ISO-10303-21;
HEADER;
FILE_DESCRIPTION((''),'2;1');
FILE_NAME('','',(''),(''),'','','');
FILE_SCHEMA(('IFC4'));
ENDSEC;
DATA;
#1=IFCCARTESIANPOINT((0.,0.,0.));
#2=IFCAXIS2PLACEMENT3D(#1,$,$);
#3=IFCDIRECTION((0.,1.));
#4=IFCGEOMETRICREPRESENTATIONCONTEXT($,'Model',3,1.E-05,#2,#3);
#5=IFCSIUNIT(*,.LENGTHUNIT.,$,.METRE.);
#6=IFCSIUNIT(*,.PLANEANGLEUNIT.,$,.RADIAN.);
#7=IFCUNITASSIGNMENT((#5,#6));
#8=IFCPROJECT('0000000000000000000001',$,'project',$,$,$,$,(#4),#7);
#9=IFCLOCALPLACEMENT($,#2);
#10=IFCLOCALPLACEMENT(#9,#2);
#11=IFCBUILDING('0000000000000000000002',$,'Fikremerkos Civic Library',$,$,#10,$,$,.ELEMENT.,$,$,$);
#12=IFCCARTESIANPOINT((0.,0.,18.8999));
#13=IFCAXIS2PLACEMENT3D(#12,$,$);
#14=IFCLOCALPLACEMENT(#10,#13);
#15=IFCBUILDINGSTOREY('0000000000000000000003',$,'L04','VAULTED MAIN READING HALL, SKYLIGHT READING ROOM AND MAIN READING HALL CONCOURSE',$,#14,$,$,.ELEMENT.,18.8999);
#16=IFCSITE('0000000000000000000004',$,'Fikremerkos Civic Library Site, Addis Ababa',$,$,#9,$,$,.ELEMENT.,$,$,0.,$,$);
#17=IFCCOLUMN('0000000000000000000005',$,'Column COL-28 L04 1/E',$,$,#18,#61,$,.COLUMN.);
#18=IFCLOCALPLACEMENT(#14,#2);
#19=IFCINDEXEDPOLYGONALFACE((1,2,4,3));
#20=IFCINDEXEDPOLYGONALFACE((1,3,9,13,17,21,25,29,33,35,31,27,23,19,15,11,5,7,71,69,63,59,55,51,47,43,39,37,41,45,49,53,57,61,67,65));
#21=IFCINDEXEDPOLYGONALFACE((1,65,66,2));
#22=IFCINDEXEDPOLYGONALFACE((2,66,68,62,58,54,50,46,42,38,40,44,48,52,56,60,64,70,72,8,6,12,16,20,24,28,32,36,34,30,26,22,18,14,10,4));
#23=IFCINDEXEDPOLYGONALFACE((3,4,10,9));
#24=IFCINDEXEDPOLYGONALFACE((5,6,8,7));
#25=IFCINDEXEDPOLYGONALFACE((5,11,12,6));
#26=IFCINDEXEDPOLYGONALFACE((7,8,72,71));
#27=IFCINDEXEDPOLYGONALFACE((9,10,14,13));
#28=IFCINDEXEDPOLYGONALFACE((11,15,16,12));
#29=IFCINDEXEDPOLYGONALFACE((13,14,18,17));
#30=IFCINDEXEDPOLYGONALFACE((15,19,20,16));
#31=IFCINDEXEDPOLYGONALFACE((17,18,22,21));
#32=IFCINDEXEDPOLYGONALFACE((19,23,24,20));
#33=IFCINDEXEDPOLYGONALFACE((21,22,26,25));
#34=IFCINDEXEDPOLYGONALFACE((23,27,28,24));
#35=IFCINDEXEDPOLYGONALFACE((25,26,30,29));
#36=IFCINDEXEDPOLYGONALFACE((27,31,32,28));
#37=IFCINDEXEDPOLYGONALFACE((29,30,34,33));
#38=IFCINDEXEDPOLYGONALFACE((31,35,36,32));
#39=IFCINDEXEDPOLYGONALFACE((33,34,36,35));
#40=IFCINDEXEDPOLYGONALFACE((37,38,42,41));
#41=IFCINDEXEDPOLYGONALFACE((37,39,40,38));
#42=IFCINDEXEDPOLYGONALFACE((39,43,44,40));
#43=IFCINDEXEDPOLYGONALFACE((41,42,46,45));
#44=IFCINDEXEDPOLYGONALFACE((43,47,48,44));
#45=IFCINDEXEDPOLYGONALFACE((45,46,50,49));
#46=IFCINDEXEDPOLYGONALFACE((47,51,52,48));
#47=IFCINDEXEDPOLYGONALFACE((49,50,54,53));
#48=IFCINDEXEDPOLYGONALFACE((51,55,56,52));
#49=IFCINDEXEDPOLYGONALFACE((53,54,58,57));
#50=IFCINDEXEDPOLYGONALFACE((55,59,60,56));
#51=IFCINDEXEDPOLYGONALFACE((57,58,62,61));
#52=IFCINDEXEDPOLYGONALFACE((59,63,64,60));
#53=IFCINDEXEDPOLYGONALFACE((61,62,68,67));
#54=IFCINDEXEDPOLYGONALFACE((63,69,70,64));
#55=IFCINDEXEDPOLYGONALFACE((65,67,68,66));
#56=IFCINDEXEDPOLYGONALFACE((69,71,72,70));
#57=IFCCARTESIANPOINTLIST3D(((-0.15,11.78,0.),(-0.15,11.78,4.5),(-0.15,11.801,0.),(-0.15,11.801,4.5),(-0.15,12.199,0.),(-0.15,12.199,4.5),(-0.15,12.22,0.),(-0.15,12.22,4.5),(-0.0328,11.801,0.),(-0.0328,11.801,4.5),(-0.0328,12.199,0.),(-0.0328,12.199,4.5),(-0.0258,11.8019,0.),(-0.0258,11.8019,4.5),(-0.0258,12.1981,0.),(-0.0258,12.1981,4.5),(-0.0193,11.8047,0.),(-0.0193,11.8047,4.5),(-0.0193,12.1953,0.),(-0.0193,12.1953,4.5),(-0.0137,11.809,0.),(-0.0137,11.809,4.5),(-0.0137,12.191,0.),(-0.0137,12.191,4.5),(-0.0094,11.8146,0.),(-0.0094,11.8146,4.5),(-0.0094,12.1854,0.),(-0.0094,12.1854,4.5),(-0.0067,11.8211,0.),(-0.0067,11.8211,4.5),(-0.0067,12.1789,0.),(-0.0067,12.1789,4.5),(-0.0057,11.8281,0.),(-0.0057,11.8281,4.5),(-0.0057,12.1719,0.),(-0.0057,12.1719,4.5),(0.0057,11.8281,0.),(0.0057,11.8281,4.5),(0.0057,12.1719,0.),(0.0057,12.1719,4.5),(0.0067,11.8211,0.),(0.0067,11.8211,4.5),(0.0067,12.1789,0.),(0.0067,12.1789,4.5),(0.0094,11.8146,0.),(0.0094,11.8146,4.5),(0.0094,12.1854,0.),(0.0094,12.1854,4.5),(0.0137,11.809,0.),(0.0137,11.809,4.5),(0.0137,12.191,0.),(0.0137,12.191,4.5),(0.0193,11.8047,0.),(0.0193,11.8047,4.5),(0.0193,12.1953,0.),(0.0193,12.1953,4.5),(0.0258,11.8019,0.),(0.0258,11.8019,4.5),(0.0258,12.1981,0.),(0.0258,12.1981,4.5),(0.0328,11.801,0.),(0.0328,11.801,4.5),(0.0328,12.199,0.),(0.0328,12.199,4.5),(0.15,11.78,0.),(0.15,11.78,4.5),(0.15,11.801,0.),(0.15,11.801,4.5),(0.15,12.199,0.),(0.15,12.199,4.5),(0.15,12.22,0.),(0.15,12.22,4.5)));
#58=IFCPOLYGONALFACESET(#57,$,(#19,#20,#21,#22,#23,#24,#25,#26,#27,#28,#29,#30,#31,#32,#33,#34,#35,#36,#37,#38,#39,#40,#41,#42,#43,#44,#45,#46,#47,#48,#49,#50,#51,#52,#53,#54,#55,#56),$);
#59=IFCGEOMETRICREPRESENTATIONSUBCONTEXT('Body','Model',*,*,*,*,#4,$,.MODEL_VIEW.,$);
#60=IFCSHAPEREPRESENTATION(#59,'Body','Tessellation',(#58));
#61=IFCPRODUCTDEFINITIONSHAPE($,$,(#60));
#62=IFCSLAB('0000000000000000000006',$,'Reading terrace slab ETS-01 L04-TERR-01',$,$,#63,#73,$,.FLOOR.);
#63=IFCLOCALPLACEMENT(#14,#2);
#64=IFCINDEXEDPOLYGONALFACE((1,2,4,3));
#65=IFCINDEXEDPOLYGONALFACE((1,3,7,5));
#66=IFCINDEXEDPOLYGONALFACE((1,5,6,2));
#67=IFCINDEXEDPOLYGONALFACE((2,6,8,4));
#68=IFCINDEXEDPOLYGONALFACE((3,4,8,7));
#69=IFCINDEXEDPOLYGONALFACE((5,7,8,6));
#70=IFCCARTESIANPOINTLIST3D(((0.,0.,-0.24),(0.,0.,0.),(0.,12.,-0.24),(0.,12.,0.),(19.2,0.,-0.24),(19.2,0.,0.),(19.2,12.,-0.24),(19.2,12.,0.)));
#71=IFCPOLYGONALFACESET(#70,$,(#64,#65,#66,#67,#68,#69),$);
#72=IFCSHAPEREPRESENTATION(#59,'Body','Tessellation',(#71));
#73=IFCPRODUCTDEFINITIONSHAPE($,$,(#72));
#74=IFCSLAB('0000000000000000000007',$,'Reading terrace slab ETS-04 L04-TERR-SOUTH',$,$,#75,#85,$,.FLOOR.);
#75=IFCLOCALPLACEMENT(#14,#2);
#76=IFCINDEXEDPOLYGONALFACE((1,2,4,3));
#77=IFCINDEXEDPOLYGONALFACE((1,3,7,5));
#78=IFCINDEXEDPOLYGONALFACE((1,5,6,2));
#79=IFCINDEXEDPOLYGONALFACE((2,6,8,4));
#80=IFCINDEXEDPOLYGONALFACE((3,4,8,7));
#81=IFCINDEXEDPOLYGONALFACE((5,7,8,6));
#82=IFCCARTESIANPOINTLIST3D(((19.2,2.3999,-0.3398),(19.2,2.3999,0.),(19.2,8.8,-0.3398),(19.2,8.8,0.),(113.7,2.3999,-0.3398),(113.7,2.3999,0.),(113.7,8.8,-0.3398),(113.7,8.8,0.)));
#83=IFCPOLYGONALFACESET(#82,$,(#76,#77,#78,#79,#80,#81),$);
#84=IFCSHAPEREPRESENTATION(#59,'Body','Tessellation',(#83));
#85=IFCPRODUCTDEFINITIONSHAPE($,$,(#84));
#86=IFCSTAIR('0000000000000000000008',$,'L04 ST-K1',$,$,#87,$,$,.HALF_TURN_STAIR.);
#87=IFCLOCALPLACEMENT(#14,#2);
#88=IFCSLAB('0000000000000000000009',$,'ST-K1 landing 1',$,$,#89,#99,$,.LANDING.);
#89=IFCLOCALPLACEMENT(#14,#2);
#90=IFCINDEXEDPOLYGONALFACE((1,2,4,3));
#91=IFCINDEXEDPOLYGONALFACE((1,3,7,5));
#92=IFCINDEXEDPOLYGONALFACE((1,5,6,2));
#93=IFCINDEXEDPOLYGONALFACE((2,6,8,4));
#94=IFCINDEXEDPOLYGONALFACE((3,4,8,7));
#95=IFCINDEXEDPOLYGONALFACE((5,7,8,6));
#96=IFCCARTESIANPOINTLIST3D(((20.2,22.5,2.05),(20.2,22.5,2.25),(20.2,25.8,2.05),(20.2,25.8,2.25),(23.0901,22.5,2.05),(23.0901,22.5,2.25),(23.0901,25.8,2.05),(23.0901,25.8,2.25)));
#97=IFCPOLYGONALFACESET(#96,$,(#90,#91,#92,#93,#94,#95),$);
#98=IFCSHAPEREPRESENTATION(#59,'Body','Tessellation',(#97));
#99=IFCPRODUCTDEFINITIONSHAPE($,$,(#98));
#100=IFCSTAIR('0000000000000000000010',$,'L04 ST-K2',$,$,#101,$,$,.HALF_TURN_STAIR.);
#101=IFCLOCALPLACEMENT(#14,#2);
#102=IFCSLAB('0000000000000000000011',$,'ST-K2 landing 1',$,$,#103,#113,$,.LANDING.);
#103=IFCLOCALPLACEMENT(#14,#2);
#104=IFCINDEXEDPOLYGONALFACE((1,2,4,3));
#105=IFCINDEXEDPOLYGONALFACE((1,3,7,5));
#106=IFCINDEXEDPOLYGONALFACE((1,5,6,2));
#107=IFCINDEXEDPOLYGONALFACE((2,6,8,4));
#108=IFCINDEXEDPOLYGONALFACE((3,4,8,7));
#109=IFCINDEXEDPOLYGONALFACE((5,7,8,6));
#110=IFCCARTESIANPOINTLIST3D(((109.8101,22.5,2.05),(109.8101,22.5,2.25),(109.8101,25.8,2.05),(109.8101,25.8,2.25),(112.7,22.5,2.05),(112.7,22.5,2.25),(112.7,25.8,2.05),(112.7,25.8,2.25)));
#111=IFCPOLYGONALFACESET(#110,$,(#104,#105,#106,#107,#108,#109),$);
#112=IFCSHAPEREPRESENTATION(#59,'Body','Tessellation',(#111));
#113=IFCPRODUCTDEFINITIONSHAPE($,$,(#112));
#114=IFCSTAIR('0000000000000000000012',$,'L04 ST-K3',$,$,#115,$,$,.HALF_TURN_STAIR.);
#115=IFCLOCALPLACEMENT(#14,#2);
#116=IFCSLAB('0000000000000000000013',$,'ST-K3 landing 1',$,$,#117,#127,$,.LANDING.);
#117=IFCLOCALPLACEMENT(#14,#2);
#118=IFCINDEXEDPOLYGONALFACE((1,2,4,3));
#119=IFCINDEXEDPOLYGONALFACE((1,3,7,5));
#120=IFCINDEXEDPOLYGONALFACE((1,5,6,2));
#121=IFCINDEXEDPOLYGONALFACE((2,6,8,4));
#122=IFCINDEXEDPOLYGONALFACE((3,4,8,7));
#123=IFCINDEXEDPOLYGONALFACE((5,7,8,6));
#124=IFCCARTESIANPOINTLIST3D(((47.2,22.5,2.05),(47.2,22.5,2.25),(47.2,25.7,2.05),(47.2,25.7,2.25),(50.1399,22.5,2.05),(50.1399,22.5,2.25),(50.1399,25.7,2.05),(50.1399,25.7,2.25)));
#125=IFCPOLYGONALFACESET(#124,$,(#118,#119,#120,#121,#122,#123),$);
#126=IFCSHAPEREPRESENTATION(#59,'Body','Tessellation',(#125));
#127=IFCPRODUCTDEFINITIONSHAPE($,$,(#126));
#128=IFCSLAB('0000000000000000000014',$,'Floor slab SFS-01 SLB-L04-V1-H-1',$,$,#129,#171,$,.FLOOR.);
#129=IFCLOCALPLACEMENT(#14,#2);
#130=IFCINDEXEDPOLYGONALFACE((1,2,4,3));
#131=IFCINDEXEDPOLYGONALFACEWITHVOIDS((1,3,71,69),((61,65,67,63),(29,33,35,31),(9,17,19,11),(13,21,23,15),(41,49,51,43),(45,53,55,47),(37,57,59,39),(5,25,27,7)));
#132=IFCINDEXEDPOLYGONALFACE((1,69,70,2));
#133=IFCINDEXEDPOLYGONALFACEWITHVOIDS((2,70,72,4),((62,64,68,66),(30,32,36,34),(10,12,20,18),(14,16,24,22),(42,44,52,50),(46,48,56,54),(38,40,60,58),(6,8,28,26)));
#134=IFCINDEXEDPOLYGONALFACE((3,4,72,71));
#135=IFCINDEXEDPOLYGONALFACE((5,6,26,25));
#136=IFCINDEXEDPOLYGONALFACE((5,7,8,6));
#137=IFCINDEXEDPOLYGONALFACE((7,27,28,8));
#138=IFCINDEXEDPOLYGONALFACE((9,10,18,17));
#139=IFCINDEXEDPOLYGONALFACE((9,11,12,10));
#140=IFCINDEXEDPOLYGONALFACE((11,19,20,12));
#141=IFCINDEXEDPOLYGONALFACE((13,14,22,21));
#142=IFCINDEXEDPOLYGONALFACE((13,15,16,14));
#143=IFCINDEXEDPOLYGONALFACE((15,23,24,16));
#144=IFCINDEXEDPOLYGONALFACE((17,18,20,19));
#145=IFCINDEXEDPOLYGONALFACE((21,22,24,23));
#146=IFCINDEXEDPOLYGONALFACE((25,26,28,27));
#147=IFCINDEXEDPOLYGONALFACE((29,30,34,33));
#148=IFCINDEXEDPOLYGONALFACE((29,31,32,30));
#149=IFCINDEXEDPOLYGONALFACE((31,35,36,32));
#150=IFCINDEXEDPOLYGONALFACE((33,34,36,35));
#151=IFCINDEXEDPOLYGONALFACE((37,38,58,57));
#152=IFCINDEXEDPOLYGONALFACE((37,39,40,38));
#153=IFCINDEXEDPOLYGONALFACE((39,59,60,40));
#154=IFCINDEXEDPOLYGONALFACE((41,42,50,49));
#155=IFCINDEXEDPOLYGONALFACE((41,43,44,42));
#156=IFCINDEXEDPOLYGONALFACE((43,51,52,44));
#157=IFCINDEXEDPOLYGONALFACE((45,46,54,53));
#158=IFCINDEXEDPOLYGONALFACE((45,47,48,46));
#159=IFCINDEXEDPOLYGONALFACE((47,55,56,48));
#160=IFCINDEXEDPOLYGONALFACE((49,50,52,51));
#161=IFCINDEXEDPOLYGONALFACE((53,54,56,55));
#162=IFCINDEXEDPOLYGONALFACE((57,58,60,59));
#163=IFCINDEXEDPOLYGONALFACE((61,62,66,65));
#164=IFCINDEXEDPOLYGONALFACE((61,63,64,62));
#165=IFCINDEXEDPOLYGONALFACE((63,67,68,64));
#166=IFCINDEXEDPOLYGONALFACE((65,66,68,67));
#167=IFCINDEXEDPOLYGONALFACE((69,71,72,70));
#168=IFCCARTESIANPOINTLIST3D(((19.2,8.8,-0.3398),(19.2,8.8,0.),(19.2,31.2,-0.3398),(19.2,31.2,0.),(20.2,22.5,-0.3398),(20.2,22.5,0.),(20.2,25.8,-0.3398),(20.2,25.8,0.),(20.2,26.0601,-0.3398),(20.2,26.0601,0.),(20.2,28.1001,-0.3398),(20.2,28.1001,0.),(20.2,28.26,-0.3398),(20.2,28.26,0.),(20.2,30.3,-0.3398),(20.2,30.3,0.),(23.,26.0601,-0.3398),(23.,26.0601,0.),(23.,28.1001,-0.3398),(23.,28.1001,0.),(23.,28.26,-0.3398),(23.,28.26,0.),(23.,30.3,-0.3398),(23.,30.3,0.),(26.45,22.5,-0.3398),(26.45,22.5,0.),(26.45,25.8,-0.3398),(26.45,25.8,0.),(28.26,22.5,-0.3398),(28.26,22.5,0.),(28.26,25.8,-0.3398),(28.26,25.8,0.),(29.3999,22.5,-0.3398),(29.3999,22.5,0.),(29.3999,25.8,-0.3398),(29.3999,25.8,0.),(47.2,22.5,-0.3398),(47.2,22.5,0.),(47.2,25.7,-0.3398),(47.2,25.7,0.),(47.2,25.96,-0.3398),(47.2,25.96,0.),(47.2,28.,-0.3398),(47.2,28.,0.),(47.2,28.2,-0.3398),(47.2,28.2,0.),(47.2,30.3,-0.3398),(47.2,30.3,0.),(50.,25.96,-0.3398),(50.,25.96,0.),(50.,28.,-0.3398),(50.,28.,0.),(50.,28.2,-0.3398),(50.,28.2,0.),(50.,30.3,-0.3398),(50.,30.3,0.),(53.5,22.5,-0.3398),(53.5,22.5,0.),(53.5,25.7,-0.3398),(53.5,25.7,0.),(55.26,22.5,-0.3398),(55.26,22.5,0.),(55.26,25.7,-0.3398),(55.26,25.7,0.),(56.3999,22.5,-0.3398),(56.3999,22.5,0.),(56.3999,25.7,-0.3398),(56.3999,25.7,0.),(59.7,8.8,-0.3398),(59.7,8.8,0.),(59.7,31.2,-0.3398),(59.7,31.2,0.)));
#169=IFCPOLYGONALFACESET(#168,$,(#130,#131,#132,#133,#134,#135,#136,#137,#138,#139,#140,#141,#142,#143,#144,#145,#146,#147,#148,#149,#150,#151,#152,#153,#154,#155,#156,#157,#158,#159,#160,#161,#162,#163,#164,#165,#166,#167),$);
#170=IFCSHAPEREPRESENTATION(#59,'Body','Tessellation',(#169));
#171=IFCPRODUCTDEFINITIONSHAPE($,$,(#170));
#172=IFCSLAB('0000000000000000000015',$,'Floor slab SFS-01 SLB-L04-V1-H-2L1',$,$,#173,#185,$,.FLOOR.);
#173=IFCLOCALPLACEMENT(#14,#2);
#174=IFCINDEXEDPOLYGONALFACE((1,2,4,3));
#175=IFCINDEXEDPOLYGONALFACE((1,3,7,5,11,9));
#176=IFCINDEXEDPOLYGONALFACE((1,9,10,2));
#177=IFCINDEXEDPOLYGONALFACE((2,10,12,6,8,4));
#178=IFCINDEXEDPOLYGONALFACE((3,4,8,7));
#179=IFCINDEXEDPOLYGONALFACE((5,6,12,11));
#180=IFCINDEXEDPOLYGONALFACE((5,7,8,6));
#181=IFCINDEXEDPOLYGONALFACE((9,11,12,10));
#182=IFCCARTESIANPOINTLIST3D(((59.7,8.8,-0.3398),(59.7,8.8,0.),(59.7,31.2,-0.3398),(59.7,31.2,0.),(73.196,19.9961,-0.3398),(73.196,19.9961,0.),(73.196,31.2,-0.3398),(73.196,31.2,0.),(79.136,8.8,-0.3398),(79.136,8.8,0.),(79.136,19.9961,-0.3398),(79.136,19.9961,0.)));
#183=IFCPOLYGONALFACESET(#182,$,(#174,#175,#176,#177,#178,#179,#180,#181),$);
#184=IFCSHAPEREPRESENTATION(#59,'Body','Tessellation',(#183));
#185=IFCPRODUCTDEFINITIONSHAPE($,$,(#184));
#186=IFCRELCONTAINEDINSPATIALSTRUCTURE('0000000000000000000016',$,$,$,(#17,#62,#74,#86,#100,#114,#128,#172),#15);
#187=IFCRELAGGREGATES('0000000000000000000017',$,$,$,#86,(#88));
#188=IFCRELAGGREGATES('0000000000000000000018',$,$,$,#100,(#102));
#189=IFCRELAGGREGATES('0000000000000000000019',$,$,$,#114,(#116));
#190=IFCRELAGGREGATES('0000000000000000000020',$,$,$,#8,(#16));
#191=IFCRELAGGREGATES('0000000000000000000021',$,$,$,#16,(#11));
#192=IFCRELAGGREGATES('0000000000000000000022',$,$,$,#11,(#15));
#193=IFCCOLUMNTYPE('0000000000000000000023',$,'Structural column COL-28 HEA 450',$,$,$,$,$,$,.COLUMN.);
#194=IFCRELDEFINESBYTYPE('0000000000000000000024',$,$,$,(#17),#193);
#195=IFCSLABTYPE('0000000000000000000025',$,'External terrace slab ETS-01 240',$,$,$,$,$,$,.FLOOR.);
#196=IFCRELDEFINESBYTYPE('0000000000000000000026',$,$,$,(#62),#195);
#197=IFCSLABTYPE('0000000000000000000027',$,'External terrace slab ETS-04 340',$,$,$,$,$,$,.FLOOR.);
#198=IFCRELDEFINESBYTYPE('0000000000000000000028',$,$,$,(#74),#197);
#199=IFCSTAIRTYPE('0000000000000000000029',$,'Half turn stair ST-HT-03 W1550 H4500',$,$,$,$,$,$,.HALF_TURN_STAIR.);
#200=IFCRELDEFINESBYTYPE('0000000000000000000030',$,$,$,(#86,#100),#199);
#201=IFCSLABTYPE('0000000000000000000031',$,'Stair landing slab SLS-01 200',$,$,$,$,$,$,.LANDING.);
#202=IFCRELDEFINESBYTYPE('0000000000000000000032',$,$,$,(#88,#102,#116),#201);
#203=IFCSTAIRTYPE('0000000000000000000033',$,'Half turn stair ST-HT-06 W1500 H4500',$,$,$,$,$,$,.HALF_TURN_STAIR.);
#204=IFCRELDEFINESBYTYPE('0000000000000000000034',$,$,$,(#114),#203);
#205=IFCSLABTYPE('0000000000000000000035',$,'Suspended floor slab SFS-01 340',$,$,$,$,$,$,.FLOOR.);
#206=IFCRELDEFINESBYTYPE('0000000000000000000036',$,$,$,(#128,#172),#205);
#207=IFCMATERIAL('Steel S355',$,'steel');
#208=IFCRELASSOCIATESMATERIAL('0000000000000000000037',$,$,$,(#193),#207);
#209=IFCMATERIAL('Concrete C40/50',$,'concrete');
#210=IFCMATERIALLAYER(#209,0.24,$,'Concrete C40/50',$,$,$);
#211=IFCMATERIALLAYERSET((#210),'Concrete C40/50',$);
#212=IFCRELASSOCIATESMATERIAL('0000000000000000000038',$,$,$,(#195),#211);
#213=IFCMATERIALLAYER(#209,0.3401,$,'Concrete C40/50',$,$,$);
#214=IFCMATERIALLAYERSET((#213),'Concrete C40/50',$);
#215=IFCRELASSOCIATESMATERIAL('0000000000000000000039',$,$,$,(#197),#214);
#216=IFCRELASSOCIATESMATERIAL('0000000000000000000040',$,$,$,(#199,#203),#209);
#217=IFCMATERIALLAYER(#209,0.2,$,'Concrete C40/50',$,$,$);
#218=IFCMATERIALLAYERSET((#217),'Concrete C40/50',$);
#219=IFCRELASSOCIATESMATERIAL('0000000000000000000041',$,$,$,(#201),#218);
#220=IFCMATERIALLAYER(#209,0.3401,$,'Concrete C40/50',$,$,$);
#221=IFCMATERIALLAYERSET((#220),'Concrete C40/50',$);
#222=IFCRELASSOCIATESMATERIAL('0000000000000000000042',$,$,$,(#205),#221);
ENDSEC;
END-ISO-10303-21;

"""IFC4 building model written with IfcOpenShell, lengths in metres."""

from ifc_helpers import new_model, si_unit, direction, frame, origin, origin_2d, place, context, subcontext, project, spatial, polyline, i_section, outline, extrude, material, layer, layer_set, material_profile, profile_set, type_object, element, aggregate, save


model = new_model("IFC4")

# Units and contexts
model_context = context("Model", 3, precision=1e-05, world=origin(), true_north=direction((0.0, 1.0)))
body_context = subcontext(model_context, "Body", "Model", "MODEL_VIEW")
ifc_project = project(units=[si_unit("LENGTHUNIT", "METRE"), si_unit("PLANEANGLEUNIT", "RADIAN")], contexts=[model_context])

# Site, building, storey
site_placement = place(None, origin())
site = spatial("IfcSite", under=ifc_project, at=site_placement, Name="Fikremerkos Civic Library Site, Addis Ababa", CompositionType="ELEMENT", RefElevation=0.0)
building_placement = place(site_placement, origin())
building = spatial("IfcBuilding", under=site, at=building_placement, Name="Fikremerkos Civic Library", CompositionType="ELEMENT")
storey_placement = place(building_placement, frame((0.0, 0.0, 18.8999)))
storey = spatial("IfcBuildingStorey", under=building, at=storey_placement, Name="L04", Description="VAULTED MAIN READING HALL, SKYLIGHT READING ROOM AND MAIN READING HALL CONCOURSE", CompositionType="ELEMENT", Elevation=18.8999)

# Column
ifc_material_1 = material(Name="Steel S355", Category="steel")
ifc_material_profile = material_profile(ifc_material_1, i_section(OverallWidth=0.3, OverallDepth=0.4399, WebThickness=0.0115, FlangeThickness=0.021, FilletRadius=0.0271, at=origin_2d()), Name="HEA 450")
ifc_profile_set = profile_set([ifc_material_profile], Name="Steel S355")
column_type = type_object("IfcColumnType", Name="Structural column COL-28 HEA 450", PredefinedType="COLUMN", material=ifc_profile_set)
column_placement = place(storey_placement, frame((0.0, 12.0, 0.0), z_axis=(0.0, 0.0, 1.0), x_axis=(1.0, 0.0, 0.0)))
element("IfcColumn", 1, at=column_placement, inside=storey, type_object=column_type, Name="Column COL-28 L04 1/E", PredefinedType="COLUMN", context=body_context, shape_type="SweptSolid", body=[
    extrude(i_section(OverallWidth=0.3, OverallDepth=0.4399, WebThickness=0.0115, FlangeThickness=0.021, FilletRadius=0.0271, at=origin_2d()), origin(), (0.0, 0.0, 1.0), 4.5),
])

# Slabs
ifc_material_2 = material(Name="Concrete C40/50", Category="concrete")
ifc_layer_1 = layer(ifc_material_2, 0.24, Name="Concrete C40/50")
ifc_layer_set_1 = layer_set([ifc_layer_1], Name="Concrete C40/50")
slab_type_1 = type_object("IfcSlabType", Name="External terrace slab ETS-01 240", PredefinedType="FLOOR", material=ifc_layer_set_1)
slab_1_placement = place(storey_placement, frame((0.0, 0.0, -0.24)))
element("IfcSlab", 2, at=slab_1_placement, inside=storey, type_object=slab_type_1, Name="Reading terrace slab ETS-01 L04-TERR-01", PredefinedType="FLOOR", context=body_context, shape_type="SweptSolid", body=[
    extrude(outline(polyline([(0.0, 0.0), (19.2, 0.0), (19.2, 12.0), (0.0, 12.0), (0.0, 0.0)])), origin(), (0.0, 0.0, 1.0), 0.24),
])
ifc_layer_2 = layer(ifc_material_2, 0.3401, Name="Concrete C40/50")
ifc_layer_set_2 = layer_set([ifc_layer_2], Name="Concrete C40/50")
slab_type_2 = type_object("IfcSlabType", Name="External terrace slab ETS-04 340", PredefinedType="FLOOR", material=ifc_layer_set_2)
slab_2_placement = place(storey_placement, frame((0.0, 0.0, -0.3398)))
element("IfcSlab", 3, at=slab_2_placement, inside=storey, type_object=slab_type_2, Name="Reading terrace slab ETS-04 L04-TERR-SOUTH", PredefinedType="FLOOR", context=body_context, shape_type="SweptSolid", body=[
    extrude(outline(polyline([(19.2, 2.3999), (113.7, 2.3999), (113.7, 8.8), (19.2, 8.8), (19.2, 2.3999)])), origin(), (0.0, 0.0, 1.0), 0.3398),
])

# Stairs, slabs
stair_type_1 = type_object("IfcStairType", Name="Half turn stair ST-HT-03 W1550 H4500", PredefinedType="HALF_TURN_STAIR", material=ifc_material_2)
stair_1_placement = place(storey_placement, origin())
stair_1 = element("IfcStair", 4, at=stair_1_placement, inside=storey, type_object=stair_type_1, Name="L04 ST-K1", PredefinedType="HALF_TURN_STAIR")
ifc_layer_3 = layer(ifc_material_2, 0.2, Name="Concrete C40/50")
ifc_layer_set_3 = layer_set([ifc_layer_3], Name="Concrete C40/50")
slab_type_3 = type_object("IfcSlabType", Name="Stair landing slab SLS-01 200", PredefinedType="LANDING", material=ifc_layer_set_3)
slab_3_placement = place(storey_placement, frame((0.0, 0.0, 2.05)))
slab_3 = element("IfcSlab", 5, at=slab_3_placement, type_object=slab_type_3, Name="ST-K1 landing 1", PredefinedType="LANDING", context=body_context, shape_type="SweptSolid", body=[
    extrude(outline(polyline([(23.0901, 25.8), (20.2, 25.8), (20.2, 22.5), (23.0901, 22.5), (23.0901, 25.8)])), origin(), (0.0, 0.0, 1.0), 0.2),
])
aggregate(stair_1, [slab_3])
stair_2_placement = place(storey_placement, origin())
stair_2 = element("IfcStair", 6, at=stair_2_placement, inside=storey, type_object=stair_type_1, Name="L04 ST-K2", PredefinedType="HALF_TURN_STAIR")
slab_4_placement = place(storey_placement, frame((0.0, 0.0, 2.05)))
slab_4 = element("IfcSlab", 7, at=slab_4_placement, type_object=slab_type_3, Name="ST-K2 landing 1", PredefinedType="LANDING", context=body_context, shape_type="SweptSolid", body=[
    extrude(outline(polyline([(109.8101, 22.5), (112.7, 22.5), (112.7, 25.8), (109.8101, 25.8), (109.8101, 22.5)])), origin(), (0.0, 0.0, 1.0), 0.2),
])
aggregate(stair_2, [slab_4])
stair_type_2 = type_object("IfcStairType", Name="Half turn stair ST-HT-06 W1500 H4500", PredefinedType="HALF_TURN_STAIR", material=ifc_material_2)
stair_3_placement = place(storey_placement, origin())
stair_3 = element("IfcStair", 8, at=stair_3_placement, inside=storey, type_object=stair_type_2, Name="L04 ST-K3", PredefinedType="HALF_TURN_STAIR")
slab_5_placement = place(storey_placement, frame((0.0, 0.0, 2.05)))
slab_5 = element("IfcSlab", 9, at=slab_5_placement, type_object=slab_type_3, Name="ST-K3 landing 1", PredefinedType="LANDING", context=body_context, shape_type="SweptSolid", body=[
    extrude(outline(polyline([(50.1399, 25.7), (47.2, 25.7), (47.2, 22.5), (50.1399, 22.5), (50.1399, 25.7)])), origin(), (0.0, 0.0, 1.0), 0.2),
])
aggregate(stair_3, [slab_5])

# Slabs
ifc_layer_4 = layer(ifc_material_2, 0.3401, Name="Concrete C40/50")
ifc_layer_set_4 = layer_set([ifc_layer_4], Name="Concrete C40/50")
slab_type_4 = type_object("IfcSlabType", Name="Suspended floor slab SFS-01 340", PredefinedType="FLOOR", material=ifc_layer_set_4)
slab_6_placement = place(storey_placement, frame((0.0, 0.0, -0.3398)))
element("IfcSlab", 10, at=slab_6_placement, inside=storey, type_object=slab_type_4, Name="Floor slab SFS-01 SLB-L04-V1-H-1", PredefinedType="FLOOR", context=body_context, shape_type="SweptSolid", body=[
    extrude(outline(polyline([(19.2, 8.8), (59.7, 8.8), (59.7, 31.2), (19.2, 31.2), (19.2, 8.8)]), holes=[polyline([(20.2, 22.5), (26.45, 22.5), (26.45, 25.8), (20.2, 25.8), (20.2, 22.5)]), polyline([(20.2, 26.0601), (23.0, 26.0601), (23.0, 28.1001), (20.2, 28.1001), (20.2, 26.0601)]), polyline([(20.2, 28.26), (23.0, 28.26), (23.0, 30.3), (20.2, 30.3), (20.2, 28.26)]), polyline([(28.26, 22.5), (29.3999, 22.5), (29.3999, 25.8), (28.26, 25.8), (28.26, 22.5)]), polyline([(47.2, 22.5), (53.5, 22.5), (53.5, 25.7), (47.2, 25.7), (47.2, 22.5)]), polyline([(47.2, 25.96), (50.0, 25.96), (50.0, 28.0), (47.2, 28.0), (47.2, 25.96)]), polyline([(47.2, 28.2), (50.0, 28.2), (50.0, 30.3), (47.2, 30.3), (47.2, 28.2)]), polyline([(55.26, 22.5), (56.3999, 22.5), (56.3999, 25.7), (55.26, 25.7), (55.26, 22.5)])]), origin(), (0.0, 0.0, 1.0), 0.3398),
])
slab_7_placement = place(storey_placement, frame((0.0, 0.0, -0.3398)))
element("IfcSlab", 11, at=slab_7_placement, inside=storey, type_object=slab_type_4, Name="Floor slab SFS-01 SLB-L04-V1-H-2L1", PredefinedType="FLOOR", context=body_context, shape_type="SweptSolid", body=[
    extrude(outline(polyline([(59.7, 8.8), (79.136, 8.8), (79.136, 19.9961), (73.196, 19.9961), (73.196, 31.2), (59.7, 31.2), (59.7, 8.8)])), origin(), (0.0, 0.0, 1.0), 0.3398),
])

save(model, "model.ifc")
